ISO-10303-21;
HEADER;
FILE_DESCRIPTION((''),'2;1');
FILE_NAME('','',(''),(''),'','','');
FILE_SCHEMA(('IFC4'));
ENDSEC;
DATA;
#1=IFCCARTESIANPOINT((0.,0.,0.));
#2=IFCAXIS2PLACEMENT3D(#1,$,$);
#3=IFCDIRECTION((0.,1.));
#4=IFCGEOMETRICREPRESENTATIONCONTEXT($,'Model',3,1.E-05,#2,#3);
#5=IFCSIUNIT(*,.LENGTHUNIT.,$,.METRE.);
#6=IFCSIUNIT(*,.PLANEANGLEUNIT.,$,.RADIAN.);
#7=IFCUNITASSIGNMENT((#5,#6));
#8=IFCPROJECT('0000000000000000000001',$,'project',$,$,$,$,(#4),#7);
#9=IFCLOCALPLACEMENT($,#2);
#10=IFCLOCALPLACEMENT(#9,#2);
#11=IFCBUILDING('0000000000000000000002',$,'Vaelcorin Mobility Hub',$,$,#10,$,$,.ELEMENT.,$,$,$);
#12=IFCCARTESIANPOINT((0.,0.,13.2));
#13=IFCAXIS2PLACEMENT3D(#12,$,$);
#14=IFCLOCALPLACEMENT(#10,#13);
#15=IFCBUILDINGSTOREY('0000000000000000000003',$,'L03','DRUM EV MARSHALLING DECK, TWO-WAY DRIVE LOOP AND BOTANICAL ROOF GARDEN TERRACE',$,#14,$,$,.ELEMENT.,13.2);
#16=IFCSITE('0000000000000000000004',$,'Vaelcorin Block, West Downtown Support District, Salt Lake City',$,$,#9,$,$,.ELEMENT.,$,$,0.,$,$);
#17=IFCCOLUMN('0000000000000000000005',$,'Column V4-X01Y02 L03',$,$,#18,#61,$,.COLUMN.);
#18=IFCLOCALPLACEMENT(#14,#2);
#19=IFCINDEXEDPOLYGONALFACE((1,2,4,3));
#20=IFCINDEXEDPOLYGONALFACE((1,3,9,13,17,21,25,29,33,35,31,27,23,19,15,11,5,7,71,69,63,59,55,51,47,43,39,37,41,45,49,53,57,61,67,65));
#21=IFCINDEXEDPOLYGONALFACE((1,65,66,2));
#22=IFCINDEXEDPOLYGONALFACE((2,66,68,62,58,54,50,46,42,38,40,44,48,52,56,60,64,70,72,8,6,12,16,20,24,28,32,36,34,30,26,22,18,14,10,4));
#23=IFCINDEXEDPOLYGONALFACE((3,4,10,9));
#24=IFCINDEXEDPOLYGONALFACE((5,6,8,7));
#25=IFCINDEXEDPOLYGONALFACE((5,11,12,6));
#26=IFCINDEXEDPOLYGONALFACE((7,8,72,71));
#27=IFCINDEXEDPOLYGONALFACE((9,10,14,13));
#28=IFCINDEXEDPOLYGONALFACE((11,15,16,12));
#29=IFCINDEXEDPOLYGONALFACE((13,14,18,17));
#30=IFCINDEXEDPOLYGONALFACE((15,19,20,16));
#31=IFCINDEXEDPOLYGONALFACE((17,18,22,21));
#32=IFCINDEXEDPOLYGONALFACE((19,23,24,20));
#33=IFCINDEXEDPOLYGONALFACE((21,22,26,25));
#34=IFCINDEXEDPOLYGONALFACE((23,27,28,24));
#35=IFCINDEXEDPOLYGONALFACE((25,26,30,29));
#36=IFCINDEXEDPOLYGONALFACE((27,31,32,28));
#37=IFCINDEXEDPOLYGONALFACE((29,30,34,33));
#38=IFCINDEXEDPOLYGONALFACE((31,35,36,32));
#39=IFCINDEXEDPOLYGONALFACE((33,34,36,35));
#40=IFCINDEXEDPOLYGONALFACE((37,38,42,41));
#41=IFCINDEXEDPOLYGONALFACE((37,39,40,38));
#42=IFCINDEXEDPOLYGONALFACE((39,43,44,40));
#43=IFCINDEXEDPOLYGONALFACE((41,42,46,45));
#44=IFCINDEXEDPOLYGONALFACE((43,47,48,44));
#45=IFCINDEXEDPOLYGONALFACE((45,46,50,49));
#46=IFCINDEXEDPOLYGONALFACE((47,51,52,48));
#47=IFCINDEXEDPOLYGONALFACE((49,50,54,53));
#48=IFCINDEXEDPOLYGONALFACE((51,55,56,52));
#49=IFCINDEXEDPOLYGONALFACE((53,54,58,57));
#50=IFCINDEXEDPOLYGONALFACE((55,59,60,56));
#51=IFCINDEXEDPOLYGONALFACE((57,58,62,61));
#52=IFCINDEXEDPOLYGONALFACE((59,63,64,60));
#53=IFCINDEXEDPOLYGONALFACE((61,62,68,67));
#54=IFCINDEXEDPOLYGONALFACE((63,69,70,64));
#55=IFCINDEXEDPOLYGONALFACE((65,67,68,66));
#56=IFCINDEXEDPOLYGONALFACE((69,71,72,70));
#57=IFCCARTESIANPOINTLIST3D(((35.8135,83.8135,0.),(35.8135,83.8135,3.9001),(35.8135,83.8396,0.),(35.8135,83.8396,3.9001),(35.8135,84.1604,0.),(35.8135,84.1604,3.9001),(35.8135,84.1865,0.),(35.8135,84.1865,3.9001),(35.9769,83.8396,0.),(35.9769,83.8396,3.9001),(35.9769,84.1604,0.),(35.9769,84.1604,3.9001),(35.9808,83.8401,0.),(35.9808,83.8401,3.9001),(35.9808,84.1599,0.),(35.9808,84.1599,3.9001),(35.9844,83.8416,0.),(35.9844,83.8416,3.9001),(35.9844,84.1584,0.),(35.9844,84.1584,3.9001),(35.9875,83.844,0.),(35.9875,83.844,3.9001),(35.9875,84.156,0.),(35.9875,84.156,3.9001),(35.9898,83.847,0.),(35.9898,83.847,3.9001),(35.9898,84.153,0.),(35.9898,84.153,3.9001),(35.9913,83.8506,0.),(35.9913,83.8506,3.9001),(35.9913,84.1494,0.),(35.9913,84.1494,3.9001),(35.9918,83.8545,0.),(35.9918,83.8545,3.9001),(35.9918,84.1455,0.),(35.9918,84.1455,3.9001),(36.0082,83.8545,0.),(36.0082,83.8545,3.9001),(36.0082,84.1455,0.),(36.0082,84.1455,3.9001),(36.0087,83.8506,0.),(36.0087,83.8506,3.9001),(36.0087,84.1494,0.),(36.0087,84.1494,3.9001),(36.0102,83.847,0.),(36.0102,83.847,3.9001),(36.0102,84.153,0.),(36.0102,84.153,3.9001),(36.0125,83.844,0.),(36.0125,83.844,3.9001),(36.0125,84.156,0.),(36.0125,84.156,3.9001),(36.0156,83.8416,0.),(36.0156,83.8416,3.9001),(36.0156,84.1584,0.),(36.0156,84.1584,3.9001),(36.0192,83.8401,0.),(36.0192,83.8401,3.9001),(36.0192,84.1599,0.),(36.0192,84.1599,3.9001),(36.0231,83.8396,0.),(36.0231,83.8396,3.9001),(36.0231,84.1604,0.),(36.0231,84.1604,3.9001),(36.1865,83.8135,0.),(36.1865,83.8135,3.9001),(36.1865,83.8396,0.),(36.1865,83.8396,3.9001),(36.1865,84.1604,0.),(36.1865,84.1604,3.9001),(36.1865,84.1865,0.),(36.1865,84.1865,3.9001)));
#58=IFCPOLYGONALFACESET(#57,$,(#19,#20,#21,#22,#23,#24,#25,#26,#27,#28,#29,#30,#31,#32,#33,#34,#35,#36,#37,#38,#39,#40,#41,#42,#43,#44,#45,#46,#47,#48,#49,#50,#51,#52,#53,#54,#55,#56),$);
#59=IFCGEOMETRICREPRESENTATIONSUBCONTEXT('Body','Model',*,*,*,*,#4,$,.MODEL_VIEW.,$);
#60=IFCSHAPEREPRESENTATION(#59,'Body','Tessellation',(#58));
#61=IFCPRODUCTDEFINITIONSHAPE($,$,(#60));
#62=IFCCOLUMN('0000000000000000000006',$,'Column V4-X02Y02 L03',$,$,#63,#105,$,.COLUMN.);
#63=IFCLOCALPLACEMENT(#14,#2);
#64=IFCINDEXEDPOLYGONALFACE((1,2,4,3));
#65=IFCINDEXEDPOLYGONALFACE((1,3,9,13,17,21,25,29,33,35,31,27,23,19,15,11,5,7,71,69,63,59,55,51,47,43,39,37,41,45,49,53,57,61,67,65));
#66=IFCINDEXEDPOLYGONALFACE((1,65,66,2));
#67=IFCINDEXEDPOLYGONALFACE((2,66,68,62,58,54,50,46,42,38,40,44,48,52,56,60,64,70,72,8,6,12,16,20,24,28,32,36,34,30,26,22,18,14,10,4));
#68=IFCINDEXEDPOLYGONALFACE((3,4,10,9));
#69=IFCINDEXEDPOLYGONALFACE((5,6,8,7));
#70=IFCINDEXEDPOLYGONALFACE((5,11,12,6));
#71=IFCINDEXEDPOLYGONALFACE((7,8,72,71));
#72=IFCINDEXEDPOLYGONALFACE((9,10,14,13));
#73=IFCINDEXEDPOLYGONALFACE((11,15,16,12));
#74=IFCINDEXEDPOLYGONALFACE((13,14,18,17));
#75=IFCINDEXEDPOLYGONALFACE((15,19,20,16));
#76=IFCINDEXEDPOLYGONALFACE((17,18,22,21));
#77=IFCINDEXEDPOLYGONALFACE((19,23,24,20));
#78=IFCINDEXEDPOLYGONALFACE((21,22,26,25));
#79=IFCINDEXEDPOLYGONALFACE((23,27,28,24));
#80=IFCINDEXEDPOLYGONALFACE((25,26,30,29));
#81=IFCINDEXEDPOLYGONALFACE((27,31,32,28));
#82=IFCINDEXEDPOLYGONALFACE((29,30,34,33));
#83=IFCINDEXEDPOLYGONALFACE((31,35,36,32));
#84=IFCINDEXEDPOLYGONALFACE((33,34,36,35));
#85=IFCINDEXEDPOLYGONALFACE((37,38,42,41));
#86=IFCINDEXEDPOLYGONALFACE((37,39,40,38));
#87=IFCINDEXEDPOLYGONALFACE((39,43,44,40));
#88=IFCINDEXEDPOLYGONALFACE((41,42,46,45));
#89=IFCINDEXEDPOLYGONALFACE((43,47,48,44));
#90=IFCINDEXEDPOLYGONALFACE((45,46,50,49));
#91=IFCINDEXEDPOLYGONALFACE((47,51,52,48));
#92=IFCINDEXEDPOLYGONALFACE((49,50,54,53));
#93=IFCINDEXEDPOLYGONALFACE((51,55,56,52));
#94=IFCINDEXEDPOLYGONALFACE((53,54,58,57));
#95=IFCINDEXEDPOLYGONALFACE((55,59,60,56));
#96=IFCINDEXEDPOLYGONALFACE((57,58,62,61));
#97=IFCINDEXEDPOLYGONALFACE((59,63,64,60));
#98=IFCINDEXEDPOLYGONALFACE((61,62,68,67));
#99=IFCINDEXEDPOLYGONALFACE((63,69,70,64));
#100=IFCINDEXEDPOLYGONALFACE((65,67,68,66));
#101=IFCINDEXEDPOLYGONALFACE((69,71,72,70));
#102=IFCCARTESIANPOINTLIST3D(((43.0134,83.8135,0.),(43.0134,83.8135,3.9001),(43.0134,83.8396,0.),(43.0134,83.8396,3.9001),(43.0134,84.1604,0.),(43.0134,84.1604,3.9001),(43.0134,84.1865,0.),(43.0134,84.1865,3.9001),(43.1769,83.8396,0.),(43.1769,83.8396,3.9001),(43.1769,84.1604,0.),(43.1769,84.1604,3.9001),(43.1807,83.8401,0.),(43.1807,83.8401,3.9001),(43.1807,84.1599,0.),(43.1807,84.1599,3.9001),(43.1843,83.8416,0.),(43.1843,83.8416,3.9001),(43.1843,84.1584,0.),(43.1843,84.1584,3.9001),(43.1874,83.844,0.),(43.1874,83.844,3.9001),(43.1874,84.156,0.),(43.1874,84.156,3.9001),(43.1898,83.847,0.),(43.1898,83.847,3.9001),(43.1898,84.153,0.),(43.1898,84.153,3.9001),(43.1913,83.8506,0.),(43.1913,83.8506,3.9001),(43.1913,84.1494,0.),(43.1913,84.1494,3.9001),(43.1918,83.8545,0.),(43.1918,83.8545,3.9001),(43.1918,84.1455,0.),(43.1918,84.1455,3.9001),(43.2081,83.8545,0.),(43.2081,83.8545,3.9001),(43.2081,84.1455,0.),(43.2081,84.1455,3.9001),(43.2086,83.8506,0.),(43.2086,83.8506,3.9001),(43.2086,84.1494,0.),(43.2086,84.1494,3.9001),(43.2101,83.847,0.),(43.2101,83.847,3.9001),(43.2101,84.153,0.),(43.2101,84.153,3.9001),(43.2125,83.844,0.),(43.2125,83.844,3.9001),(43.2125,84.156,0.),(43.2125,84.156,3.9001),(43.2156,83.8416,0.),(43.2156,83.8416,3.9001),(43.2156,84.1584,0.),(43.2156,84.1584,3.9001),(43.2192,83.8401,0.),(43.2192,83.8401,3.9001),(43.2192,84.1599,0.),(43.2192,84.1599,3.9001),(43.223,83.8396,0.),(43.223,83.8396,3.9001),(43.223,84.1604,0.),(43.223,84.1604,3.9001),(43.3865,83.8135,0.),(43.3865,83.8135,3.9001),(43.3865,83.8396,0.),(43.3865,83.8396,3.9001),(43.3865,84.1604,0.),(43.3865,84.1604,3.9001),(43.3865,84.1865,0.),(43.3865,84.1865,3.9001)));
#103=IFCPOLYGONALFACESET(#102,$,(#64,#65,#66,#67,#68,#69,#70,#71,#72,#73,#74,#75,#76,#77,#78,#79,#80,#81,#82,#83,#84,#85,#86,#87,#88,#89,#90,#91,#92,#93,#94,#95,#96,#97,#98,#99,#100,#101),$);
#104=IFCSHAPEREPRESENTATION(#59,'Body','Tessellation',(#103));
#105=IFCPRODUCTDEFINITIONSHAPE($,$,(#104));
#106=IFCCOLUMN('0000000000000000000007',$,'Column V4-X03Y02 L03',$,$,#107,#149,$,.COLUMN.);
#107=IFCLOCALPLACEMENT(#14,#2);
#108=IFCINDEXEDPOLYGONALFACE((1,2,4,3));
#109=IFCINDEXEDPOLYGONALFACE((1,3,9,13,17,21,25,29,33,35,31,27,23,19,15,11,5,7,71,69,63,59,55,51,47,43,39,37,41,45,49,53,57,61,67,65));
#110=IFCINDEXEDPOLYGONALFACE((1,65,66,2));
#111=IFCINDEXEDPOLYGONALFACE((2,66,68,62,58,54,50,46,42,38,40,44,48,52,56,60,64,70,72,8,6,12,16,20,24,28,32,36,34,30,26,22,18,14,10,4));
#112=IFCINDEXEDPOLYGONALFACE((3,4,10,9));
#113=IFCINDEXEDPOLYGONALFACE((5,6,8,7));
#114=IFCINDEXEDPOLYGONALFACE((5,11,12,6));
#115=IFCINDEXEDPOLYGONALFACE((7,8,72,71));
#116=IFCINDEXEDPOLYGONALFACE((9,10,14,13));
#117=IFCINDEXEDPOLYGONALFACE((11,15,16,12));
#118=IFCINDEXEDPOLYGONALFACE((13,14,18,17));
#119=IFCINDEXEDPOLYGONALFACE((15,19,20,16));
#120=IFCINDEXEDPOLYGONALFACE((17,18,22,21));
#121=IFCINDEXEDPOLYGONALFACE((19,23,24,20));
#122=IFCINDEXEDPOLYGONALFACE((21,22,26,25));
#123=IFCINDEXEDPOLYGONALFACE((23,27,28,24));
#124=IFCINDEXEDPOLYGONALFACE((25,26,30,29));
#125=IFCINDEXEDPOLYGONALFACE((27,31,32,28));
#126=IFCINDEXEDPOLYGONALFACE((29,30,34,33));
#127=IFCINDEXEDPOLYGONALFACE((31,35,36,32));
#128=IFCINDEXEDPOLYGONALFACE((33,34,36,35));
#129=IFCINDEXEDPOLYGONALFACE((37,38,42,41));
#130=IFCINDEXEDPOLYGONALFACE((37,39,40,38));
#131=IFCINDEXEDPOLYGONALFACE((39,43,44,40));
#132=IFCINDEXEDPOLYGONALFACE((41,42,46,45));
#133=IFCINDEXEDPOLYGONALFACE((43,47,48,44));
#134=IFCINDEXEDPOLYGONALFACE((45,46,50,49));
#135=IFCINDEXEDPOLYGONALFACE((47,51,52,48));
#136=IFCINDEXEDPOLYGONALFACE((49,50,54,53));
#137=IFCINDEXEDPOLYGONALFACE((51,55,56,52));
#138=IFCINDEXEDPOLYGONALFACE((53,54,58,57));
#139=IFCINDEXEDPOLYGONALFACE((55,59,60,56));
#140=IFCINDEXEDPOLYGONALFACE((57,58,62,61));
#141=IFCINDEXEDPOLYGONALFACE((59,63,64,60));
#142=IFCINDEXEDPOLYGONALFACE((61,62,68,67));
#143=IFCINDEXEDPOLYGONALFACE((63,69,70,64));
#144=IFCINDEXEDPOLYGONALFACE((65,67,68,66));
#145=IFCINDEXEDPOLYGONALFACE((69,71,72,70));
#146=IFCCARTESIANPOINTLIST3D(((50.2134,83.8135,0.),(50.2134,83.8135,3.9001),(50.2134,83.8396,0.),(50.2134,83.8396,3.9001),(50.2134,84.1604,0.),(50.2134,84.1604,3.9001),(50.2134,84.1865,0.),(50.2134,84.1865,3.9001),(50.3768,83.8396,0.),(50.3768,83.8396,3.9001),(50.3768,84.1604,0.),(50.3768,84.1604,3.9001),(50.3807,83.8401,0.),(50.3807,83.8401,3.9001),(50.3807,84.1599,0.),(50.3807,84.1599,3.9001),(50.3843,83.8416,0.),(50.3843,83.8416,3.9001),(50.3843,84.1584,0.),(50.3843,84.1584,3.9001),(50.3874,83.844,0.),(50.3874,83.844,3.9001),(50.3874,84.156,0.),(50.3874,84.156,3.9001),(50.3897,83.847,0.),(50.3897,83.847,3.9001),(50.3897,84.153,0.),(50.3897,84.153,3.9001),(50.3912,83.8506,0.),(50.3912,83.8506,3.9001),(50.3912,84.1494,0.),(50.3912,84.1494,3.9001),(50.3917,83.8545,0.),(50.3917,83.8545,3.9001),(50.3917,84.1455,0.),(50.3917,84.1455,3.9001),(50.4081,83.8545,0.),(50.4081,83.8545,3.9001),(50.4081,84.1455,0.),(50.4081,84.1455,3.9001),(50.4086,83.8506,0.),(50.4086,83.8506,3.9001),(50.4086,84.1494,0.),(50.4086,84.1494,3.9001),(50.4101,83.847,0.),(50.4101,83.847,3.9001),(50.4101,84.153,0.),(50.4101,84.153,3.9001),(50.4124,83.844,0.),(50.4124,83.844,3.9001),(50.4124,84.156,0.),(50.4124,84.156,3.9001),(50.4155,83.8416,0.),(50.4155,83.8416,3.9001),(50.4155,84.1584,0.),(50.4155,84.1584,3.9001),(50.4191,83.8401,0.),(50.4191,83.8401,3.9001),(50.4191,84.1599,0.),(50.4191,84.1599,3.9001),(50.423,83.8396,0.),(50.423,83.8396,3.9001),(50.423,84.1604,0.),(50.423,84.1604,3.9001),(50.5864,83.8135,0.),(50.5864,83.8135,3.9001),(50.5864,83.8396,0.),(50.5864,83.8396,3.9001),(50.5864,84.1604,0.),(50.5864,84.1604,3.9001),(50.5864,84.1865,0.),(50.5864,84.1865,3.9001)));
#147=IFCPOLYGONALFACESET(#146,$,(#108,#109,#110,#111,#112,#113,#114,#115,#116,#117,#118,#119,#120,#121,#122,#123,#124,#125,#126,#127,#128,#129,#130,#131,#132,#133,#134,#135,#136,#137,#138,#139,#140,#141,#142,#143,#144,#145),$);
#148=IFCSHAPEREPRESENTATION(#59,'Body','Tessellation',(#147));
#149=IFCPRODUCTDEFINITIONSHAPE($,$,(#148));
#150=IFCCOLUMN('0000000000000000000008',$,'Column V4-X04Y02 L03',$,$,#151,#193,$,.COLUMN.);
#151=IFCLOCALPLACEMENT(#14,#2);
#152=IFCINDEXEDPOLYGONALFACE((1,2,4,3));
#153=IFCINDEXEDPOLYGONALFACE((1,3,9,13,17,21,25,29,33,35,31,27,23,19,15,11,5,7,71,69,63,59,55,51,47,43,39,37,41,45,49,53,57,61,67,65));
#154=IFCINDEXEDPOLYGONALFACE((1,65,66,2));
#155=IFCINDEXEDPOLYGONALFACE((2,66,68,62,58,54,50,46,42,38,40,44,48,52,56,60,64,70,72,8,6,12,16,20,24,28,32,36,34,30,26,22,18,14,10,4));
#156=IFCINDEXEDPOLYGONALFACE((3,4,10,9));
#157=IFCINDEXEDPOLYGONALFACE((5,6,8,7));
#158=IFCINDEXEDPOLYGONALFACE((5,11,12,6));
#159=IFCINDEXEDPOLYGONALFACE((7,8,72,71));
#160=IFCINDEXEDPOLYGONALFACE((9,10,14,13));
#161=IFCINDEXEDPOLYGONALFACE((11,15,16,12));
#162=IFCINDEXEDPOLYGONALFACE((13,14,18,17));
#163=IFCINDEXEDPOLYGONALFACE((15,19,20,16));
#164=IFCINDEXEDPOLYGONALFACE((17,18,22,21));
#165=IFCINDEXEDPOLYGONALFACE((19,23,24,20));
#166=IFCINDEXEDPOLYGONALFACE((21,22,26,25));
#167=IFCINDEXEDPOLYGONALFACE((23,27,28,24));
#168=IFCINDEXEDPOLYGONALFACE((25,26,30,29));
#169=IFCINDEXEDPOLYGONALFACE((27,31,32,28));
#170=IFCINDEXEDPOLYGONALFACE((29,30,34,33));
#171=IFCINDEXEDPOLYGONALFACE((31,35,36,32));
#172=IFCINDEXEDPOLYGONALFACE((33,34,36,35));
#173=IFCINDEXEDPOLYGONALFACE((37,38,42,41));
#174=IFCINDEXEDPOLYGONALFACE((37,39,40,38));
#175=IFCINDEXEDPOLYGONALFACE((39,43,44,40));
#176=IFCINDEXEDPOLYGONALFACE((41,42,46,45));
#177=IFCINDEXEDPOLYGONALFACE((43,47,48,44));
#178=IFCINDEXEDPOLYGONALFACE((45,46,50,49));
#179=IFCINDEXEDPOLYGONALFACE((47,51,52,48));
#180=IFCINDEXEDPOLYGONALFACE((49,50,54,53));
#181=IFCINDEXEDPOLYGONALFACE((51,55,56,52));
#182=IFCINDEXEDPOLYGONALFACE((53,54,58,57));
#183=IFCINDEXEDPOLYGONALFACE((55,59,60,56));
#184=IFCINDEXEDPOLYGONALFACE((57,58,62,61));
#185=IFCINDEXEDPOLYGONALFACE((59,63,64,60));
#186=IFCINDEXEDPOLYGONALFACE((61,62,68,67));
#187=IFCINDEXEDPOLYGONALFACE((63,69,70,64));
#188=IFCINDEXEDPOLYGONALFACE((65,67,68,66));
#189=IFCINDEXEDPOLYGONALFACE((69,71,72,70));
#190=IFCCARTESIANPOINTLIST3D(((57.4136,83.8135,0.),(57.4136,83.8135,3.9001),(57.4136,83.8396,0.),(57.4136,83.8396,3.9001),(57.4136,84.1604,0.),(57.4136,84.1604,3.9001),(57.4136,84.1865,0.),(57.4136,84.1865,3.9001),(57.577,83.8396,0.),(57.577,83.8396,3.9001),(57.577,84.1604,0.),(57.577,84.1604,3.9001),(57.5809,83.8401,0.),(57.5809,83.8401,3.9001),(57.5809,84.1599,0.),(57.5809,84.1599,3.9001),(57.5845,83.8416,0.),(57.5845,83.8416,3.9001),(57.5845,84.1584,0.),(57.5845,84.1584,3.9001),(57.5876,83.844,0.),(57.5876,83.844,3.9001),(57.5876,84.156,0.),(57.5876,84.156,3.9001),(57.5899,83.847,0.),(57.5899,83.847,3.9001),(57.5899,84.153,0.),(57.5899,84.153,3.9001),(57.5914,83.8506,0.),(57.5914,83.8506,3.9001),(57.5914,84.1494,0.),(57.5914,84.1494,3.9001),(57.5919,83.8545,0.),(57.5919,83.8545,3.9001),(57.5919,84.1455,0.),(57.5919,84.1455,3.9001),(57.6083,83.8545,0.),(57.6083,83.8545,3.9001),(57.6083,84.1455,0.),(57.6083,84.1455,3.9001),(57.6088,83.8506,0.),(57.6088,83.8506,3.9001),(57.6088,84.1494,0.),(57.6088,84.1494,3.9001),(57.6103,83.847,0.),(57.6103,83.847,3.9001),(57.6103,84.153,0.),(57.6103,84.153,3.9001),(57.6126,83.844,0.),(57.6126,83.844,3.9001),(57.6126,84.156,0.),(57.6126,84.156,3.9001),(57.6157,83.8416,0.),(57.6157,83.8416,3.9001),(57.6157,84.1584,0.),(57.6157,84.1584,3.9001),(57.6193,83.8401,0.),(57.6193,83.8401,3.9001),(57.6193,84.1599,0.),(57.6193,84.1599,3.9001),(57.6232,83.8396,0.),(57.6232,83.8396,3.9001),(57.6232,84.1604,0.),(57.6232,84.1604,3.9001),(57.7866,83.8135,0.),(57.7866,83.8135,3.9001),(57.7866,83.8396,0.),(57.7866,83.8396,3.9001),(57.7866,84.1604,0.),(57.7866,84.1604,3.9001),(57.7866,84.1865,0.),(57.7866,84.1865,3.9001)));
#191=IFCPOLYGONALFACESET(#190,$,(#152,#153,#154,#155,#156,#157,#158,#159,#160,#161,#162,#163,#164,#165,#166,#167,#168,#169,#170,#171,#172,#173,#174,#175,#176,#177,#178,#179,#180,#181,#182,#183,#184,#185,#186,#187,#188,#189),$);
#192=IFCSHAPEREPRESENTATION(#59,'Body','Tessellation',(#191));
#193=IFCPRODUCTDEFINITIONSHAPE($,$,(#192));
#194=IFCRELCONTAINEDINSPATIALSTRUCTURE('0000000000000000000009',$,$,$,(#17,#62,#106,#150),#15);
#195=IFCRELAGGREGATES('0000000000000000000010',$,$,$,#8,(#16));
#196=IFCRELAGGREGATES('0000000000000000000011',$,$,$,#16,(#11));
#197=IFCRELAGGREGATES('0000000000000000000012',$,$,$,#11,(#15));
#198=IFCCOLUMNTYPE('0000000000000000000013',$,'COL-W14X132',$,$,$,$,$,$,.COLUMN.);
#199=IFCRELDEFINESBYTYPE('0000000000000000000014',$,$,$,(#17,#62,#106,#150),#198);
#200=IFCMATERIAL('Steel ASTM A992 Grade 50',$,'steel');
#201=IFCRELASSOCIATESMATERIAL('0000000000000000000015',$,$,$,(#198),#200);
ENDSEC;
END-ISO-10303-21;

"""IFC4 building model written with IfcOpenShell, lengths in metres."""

from ifc_helpers import new_model, si_unit, direction, frame, origin, origin_2d, place, context, subcontext, project, spatial, i_section, extrude, material, material_profile, profile_set, type_object, element, save


model = new_model("IFC4")

# Units and contexts
model_context = context("Model", 3, precision=1e-05, world=origin(), true_north=direction((0.0, 1.0)))
body_context = subcontext(model_context, "Body", "Model", "MODEL_VIEW")
ifc_project = project(units=[si_unit("LENGTHUNIT", "METRE"), si_unit("PLANEANGLEUNIT", "RADIAN")], contexts=[model_context])

# Site, building, storey
site_placement = place(None, origin())
site = spatial("IfcSite", under=ifc_project, at=site_placement, Name="Vaelcorin Block, West Downtown Support District, Salt Lake City", CompositionType="ELEMENT", RefElevation=0.0)
building_placement = place(site_placement, origin())
building = spatial("IfcBuilding", under=site, at=building_placement, Name="Vaelcorin Mobility Hub", CompositionType="ELEMENT")
storey_placement = place(building_placement, frame((0.0, 0.0, 13.2)))
storey = spatial("IfcBuildingStorey", under=building, at=storey_placement, Name="L03", Description="DRUM EV MARSHALLING DECK, TWO-WAY DRIVE LOOP AND BOTANICAL ROOF GARDEN TERRACE", CompositionType="ELEMENT", Elevation=13.2)

# Columns
ifc_material_1 = material(Name="Steel ASTM A992 Grade 50", Category="steel")
ifc_material_profile_1 = material_profile(ifc_material_1, i_section(OverallWidth=0.373, OverallDepth=0.373, WebThickness=0.0164, FlangeThickness=0.0261, FilletRadius=0.0149, at=origin_2d()), Name="W14X132")
ifc_profile_set_1 = profile_set([ifc_material_profile_1], Name="Steel ASTM A992 Grade 50")
column_type_1 = type_object("IfcColumnType", Name="COL-W14X132", PredefinedType="COLUMN", material=ifc_profile_set_1)
for number, where, z_axis, x_axis, name in (
    (1, (36.0, 84.0, 0.0), (0.0, 0.0, 1.0), (1.0, 0.0, 0.0), "Column V4-X01Y02 L03"),
    (2, (43.2, 84.0, 0.0), (0.0, 0.0, 1.0), (1.0, 0.0, 0.0), "Column V4-X02Y02 L03"),
    (3, (50.3999, 84.0, 0.0), (0.0, 0.0, 1.0), (1.0, 0.0, 0.0), "Column V4-X03Y02 L03"),
    (4, (57.6001, 84.0, 0.0), (0.0, 0.0, 1.0), (1.0, 0.0, 0.0), "Column V4-X04Y02 L03"),
):
    element("IfcColumn", number, at=place(storey_placement, frame(where, z_axis=z_axis, x_axis=x_axis)), inside=storey, type_object=column_type_1, Name=name, PredefinedType="COLUMN", context=body_context, shape_type="SweptSolid", body=[
        extrude(i_section(OverallWidth=0.373, OverallDepth=0.373, WebThickness=0.0164, FlangeThickness=0.0261, FilletRadius=0.0149, at=origin_2d()), origin(), (0.0, 0.0, 1.0), 3.9001),
    ])

save(model, "model.ifc")
